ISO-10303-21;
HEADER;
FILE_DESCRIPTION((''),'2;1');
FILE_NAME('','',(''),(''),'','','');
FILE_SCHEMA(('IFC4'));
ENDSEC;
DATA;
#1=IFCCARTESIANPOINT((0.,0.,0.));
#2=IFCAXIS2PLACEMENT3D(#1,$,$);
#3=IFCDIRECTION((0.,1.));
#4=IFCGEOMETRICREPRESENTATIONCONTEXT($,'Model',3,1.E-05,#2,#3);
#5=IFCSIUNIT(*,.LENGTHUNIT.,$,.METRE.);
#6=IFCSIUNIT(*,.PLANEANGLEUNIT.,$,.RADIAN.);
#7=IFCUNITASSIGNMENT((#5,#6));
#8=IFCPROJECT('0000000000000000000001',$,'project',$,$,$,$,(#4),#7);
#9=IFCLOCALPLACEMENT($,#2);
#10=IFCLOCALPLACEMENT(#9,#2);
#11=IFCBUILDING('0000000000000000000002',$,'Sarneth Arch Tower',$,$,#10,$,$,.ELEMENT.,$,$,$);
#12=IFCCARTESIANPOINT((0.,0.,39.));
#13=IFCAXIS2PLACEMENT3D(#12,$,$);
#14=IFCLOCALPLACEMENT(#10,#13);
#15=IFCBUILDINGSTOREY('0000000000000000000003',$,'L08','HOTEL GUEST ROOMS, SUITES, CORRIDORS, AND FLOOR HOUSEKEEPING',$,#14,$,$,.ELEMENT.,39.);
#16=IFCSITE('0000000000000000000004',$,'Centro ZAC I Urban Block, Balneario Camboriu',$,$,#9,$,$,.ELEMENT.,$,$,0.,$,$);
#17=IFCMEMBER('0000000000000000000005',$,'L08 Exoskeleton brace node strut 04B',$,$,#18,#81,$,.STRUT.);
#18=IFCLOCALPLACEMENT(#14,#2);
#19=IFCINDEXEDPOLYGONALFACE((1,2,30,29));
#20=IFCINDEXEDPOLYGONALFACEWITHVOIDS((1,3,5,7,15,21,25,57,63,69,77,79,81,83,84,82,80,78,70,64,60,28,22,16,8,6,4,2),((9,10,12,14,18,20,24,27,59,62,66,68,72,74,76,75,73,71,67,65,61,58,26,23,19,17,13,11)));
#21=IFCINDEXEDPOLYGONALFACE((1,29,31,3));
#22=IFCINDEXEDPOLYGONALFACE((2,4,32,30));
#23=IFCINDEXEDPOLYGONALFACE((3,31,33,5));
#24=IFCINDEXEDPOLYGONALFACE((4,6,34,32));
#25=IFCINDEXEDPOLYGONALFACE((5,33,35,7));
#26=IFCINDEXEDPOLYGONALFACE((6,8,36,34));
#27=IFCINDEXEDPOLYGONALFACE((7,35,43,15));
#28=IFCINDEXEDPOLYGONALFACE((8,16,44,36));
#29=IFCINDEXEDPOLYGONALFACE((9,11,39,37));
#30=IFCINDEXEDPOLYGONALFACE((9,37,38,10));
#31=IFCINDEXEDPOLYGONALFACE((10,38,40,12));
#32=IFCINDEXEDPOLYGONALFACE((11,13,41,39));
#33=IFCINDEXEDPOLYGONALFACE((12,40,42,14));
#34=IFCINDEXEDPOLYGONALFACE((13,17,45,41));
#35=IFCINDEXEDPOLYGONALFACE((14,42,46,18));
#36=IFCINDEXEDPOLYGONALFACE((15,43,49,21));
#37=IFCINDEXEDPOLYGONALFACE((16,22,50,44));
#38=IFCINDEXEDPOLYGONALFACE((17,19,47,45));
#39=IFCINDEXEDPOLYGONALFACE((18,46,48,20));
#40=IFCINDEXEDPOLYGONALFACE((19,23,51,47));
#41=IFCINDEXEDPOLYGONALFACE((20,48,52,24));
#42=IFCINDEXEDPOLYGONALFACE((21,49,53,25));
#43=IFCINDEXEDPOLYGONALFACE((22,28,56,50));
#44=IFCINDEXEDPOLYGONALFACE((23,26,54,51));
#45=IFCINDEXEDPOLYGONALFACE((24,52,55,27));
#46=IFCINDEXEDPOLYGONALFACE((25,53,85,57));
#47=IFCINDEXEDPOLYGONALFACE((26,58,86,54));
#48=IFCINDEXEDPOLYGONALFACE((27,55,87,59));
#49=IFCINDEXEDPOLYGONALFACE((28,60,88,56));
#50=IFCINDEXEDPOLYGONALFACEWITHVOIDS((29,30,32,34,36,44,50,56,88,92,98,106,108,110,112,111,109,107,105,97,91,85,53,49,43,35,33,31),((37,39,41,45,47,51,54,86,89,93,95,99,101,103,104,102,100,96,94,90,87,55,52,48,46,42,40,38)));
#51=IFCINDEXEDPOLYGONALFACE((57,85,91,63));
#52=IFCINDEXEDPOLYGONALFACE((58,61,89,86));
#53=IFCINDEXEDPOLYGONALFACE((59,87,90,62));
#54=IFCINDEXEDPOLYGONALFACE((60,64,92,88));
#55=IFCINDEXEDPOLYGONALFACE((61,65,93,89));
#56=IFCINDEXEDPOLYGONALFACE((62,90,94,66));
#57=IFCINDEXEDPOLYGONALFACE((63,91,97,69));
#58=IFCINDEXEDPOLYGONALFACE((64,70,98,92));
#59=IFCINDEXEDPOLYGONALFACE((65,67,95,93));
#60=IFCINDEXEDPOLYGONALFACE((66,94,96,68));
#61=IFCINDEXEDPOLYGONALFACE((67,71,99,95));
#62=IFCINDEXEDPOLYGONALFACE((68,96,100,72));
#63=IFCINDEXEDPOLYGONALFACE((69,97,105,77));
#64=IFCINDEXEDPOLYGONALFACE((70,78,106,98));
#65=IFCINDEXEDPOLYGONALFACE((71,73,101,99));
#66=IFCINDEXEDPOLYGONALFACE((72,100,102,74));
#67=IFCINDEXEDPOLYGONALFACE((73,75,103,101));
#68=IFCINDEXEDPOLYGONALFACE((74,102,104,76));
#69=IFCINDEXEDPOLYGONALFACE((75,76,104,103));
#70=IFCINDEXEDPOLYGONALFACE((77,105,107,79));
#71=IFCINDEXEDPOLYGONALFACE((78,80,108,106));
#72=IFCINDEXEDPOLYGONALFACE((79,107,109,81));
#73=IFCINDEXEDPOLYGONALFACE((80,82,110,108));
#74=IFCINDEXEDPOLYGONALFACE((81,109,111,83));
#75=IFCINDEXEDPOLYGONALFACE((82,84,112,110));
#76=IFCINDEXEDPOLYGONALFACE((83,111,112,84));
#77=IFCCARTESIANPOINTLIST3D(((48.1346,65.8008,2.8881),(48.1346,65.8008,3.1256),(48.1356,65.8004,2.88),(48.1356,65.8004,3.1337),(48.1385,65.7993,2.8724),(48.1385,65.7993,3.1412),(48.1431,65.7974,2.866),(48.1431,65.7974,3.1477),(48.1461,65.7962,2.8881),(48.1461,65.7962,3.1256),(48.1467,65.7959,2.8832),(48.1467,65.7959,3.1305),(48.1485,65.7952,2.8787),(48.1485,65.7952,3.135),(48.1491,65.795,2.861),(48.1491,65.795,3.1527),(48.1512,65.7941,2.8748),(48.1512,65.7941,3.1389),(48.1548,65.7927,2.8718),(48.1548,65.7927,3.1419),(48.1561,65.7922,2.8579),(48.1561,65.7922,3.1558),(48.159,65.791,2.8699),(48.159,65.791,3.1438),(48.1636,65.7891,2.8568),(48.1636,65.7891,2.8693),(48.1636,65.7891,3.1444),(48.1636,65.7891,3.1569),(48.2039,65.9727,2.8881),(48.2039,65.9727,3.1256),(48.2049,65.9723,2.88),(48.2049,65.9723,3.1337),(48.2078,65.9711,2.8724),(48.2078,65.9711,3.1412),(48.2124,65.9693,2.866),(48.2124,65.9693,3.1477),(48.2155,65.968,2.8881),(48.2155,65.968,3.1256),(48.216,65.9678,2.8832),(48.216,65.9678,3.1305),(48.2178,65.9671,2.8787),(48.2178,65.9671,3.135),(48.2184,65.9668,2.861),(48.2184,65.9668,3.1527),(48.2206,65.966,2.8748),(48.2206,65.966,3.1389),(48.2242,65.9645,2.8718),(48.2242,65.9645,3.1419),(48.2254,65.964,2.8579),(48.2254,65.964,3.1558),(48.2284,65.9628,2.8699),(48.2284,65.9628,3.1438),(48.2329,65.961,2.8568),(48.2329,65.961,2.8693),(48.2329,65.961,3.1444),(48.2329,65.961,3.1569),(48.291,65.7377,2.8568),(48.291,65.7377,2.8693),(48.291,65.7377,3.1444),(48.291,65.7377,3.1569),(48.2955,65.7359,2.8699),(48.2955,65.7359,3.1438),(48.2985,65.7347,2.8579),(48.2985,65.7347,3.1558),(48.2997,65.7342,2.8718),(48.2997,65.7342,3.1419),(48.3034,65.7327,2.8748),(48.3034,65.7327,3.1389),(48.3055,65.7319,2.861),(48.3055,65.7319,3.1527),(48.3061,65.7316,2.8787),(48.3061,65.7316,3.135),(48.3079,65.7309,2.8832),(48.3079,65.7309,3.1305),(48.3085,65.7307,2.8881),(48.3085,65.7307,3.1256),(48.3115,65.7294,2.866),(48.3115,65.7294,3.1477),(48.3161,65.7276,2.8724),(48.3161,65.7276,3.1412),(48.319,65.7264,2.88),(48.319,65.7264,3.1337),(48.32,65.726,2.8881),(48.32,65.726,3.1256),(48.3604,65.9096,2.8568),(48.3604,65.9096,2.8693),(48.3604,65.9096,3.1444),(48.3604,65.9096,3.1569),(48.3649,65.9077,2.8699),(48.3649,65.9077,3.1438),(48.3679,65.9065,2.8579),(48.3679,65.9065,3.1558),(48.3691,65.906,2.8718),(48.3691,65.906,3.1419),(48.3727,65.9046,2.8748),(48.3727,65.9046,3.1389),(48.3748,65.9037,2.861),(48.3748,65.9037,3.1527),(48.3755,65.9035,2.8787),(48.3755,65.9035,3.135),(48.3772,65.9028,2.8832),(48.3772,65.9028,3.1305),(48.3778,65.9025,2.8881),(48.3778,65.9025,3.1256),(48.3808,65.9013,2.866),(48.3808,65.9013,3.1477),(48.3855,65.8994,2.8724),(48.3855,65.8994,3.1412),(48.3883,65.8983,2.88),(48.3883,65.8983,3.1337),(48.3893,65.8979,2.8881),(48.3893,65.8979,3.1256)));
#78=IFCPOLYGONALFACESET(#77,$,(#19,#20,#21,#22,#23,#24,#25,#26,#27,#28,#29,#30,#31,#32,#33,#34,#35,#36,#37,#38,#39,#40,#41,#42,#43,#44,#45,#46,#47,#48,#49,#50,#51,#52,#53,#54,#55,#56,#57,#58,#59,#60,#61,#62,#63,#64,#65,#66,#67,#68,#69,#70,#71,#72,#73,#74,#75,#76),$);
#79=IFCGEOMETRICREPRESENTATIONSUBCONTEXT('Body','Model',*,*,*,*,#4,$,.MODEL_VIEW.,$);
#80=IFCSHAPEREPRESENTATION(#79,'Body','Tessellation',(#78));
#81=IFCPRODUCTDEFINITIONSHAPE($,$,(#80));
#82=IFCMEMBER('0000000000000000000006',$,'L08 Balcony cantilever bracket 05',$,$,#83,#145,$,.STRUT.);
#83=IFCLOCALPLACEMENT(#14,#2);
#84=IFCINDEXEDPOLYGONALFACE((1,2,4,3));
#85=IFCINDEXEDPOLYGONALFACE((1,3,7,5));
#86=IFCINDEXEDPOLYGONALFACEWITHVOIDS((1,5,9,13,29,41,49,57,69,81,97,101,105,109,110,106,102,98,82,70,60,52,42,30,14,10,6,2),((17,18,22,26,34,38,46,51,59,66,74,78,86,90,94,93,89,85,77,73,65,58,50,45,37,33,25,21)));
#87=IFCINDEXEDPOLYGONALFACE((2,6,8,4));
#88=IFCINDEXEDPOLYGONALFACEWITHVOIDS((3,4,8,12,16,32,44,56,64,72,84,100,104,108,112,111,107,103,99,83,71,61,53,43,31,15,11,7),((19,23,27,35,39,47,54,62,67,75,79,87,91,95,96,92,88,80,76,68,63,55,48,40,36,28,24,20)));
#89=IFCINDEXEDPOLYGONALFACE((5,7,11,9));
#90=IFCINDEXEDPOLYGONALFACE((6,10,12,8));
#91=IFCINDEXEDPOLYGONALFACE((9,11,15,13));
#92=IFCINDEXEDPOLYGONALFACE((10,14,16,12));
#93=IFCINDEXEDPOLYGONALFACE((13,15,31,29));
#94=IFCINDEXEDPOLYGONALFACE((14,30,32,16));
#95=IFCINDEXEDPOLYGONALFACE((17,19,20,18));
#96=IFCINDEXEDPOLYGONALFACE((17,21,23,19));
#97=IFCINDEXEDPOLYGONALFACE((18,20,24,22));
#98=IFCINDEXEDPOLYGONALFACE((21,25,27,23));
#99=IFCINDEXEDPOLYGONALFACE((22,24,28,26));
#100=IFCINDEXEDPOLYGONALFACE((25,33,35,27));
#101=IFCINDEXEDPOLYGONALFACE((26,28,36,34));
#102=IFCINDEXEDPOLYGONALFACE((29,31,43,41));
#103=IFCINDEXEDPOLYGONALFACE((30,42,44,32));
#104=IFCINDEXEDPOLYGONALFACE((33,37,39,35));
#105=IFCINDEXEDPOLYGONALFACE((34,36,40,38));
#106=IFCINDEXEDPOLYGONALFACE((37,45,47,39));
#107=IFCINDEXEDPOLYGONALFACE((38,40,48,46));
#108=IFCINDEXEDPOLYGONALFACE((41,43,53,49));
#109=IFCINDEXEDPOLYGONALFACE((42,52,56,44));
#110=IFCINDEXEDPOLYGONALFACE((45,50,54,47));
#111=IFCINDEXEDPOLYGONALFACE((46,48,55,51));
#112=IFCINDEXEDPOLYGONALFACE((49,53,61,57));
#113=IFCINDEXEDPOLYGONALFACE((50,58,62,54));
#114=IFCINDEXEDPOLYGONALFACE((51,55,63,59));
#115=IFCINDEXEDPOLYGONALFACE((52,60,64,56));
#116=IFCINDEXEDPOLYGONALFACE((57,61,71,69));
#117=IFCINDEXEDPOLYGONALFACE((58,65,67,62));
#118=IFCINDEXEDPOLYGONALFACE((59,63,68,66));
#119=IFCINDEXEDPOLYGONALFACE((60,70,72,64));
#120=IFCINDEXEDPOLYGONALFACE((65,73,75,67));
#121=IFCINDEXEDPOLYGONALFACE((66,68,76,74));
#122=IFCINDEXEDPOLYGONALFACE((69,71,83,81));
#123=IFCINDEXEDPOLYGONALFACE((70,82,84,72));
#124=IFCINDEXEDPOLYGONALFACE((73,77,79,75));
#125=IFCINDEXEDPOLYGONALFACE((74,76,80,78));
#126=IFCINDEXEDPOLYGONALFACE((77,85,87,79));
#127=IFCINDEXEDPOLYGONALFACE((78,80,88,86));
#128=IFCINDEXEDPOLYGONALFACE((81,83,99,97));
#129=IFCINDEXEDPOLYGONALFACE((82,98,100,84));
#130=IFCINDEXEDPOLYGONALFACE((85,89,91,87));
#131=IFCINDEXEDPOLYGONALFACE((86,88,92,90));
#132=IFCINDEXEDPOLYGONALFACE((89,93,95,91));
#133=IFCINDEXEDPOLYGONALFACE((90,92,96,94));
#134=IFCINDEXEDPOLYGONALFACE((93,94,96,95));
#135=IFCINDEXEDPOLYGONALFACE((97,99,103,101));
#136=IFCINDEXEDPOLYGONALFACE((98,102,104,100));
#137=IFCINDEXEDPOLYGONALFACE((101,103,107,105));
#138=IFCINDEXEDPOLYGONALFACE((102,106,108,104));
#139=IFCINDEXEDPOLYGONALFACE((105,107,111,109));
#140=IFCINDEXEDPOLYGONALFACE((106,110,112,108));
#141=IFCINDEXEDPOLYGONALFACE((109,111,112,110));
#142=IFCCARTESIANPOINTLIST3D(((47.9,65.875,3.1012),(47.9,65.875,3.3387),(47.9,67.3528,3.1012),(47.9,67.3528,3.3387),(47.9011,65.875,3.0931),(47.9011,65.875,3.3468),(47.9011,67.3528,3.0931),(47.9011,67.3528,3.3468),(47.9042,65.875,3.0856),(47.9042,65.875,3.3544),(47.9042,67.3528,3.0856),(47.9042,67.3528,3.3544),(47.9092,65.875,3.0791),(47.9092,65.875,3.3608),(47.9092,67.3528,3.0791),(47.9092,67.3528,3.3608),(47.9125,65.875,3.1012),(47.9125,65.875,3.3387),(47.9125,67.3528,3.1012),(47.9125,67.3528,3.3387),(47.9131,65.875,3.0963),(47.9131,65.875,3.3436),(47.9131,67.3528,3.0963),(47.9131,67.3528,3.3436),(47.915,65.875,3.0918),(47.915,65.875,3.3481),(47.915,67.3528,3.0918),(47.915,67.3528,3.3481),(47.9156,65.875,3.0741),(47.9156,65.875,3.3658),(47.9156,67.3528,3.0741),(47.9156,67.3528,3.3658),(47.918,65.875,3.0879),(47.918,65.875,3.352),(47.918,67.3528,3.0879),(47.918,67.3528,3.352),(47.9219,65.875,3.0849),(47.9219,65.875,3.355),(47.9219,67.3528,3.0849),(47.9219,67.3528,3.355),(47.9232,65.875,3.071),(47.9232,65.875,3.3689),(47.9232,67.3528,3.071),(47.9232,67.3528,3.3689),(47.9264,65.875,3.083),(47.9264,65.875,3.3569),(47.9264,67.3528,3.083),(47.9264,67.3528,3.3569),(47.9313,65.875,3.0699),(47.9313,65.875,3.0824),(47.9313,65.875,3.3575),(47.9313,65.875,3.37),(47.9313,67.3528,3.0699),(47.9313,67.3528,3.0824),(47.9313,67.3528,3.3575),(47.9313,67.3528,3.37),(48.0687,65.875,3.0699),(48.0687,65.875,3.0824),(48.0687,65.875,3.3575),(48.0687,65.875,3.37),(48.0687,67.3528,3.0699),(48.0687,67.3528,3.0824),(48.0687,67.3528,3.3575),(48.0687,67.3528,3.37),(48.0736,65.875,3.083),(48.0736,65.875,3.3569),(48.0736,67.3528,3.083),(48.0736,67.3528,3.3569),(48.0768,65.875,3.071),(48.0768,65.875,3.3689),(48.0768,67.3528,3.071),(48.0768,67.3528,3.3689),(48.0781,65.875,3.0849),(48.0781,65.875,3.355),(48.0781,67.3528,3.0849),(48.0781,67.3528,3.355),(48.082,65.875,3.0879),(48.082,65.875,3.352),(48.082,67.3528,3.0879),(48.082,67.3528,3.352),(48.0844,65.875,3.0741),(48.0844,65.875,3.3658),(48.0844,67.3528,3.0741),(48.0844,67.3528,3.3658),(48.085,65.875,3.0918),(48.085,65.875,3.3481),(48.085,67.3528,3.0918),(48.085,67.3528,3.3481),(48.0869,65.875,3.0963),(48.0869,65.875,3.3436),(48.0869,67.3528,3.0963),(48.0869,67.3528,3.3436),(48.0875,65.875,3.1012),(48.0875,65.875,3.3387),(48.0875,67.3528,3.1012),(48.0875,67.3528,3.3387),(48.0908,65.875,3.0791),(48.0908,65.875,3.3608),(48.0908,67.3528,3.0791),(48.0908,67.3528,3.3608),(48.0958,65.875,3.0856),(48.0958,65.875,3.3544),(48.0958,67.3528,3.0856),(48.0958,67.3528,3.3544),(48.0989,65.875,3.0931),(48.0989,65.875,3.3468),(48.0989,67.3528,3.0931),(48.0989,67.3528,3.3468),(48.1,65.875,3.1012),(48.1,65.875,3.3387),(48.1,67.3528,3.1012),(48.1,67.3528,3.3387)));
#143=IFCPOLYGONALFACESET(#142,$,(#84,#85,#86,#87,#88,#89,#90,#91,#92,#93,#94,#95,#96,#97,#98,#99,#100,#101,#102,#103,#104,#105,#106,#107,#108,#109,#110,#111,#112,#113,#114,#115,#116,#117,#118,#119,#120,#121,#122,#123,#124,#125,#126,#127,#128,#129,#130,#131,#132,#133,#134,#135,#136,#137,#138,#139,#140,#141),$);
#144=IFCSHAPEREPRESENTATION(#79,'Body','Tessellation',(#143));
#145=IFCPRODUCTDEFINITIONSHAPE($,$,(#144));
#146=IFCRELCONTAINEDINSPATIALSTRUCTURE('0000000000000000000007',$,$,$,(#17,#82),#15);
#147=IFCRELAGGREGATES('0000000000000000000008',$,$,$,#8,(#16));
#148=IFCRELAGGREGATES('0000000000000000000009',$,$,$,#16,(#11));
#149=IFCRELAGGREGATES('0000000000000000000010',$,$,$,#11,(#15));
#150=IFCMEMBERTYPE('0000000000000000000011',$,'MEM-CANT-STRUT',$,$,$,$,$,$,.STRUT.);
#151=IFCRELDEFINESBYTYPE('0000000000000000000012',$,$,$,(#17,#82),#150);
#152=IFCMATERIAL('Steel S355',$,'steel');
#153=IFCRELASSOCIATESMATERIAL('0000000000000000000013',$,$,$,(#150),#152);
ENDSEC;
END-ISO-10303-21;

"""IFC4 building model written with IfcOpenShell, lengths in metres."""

from ifc_helpers import new_model, si_unit, direction, frame, origin, origin_2d, place, context, subcontext, project, spatial, hollow_rectangle, extrude, material, material_profile, profile_set, type_object, element, save


model = new_model("IFC4")

# Units and contexts
model_context = context("Model", 3, precision=1e-05, world=origin(), true_north=direction((0.0, 1.0)))
body_context = subcontext(model_context, "Body", "Model", "MODEL_VIEW")
ifc_project = project(units=[si_unit("LENGTHUNIT", "METRE"), si_unit("PLANEANGLEUNIT", "RADIAN")], contexts=[model_context])

# Site, building, storey
site_placement = place(None, origin())
site = spatial("IfcSite", under=ifc_project, at=site_placement, Name="Centro ZAC I Urban Block, Balneario Camboriu", CompositionType="ELEMENT", RefElevation=0.0)
building_placement = place(site_placement, origin())
building = spatial("IfcBuilding", under=site, at=building_placement, Name="Sarneth Arch Tower", CompositionType="ELEMENT")
storey_placement = place(building_placement, frame((0.0, 0.0, 39.0)))
storey = spatial("IfcBuildingStorey", under=building, at=storey_placement, Name="L08", Description="HOTEL GUEST ROOMS, SUITES, CORRIDORS, AND FLOOR HOUSEKEEPING", CompositionType="ELEMENT", Elevation=39.0)

# Members
ifc_material_1 = material(Name="Steel S355", Category="steel")
ifc_material_profile_1 = material_profile(ifc_material_1, hollow_rectangle(XDim=0.2, YDim=0.3, WallThickness=0.0125, InnerFilletRadius=0.0188, OuterFilletRadius=0.0312, at=origin_2d()), Name="RHS300x200x12.5")
ifc_profile_set_1 = profile_set([ifc_material_profile_1], Name="Steel S355")
member_type_1 = type_object("IfcMemberType", Name="MEM-CANT-STRUT", PredefinedType="STRUT", material=ifc_profile_set_1)
member_1_placement = place(storey_placement, frame((48.2273, 65.7634, 3.0068), z_axis=(0.374115, 0.927383, 0.0), x_axis=(-0.927383, 0.374115, 0.0)))
element("IfcMember", 1, at=member_1_placement, inside=storey, type_object=member_type_1, Name="L08 Exoskeleton brace node strut 04B", PredefinedType="STRUT", context=body_context, shape_type="SweptSolid", body=[
    extrude(hollow_rectangle(XDim=0.2, YDim=0.3, WallThickness=0.0125, InnerFilletRadius=0.0188, OuterFilletRadius=0.0312, at=origin_2d()), origin(), (0.0, 0.0, 1.0), 0.1853),
])
member_2_placement = place(storey_placement, frame((48.0, 65.875, 3.22), z_axis=(0.0, 1.0, 0.0), x_axis=(-1.0, 0.0, 0.0)))
element("IfcMember", 2, at=member_2_placement, inside=storey, type_object=member_type_1, Name="L08 Balcony cantilever bracket 05", PredefinedType="STRUT", context=body_context, shape_type="SweptSolid", body=[
    extrude(hollow_rectangle(XDim=0.2, YDim=0.3, WallThickness=0.0125, InnerFilletRadius=0.0188, OuterFilletRadius=0.0312, at=origin_2d()), origin(), (0.0, 0.0, 1.0), 1.4778),
])

save(model, "model.ifc")
